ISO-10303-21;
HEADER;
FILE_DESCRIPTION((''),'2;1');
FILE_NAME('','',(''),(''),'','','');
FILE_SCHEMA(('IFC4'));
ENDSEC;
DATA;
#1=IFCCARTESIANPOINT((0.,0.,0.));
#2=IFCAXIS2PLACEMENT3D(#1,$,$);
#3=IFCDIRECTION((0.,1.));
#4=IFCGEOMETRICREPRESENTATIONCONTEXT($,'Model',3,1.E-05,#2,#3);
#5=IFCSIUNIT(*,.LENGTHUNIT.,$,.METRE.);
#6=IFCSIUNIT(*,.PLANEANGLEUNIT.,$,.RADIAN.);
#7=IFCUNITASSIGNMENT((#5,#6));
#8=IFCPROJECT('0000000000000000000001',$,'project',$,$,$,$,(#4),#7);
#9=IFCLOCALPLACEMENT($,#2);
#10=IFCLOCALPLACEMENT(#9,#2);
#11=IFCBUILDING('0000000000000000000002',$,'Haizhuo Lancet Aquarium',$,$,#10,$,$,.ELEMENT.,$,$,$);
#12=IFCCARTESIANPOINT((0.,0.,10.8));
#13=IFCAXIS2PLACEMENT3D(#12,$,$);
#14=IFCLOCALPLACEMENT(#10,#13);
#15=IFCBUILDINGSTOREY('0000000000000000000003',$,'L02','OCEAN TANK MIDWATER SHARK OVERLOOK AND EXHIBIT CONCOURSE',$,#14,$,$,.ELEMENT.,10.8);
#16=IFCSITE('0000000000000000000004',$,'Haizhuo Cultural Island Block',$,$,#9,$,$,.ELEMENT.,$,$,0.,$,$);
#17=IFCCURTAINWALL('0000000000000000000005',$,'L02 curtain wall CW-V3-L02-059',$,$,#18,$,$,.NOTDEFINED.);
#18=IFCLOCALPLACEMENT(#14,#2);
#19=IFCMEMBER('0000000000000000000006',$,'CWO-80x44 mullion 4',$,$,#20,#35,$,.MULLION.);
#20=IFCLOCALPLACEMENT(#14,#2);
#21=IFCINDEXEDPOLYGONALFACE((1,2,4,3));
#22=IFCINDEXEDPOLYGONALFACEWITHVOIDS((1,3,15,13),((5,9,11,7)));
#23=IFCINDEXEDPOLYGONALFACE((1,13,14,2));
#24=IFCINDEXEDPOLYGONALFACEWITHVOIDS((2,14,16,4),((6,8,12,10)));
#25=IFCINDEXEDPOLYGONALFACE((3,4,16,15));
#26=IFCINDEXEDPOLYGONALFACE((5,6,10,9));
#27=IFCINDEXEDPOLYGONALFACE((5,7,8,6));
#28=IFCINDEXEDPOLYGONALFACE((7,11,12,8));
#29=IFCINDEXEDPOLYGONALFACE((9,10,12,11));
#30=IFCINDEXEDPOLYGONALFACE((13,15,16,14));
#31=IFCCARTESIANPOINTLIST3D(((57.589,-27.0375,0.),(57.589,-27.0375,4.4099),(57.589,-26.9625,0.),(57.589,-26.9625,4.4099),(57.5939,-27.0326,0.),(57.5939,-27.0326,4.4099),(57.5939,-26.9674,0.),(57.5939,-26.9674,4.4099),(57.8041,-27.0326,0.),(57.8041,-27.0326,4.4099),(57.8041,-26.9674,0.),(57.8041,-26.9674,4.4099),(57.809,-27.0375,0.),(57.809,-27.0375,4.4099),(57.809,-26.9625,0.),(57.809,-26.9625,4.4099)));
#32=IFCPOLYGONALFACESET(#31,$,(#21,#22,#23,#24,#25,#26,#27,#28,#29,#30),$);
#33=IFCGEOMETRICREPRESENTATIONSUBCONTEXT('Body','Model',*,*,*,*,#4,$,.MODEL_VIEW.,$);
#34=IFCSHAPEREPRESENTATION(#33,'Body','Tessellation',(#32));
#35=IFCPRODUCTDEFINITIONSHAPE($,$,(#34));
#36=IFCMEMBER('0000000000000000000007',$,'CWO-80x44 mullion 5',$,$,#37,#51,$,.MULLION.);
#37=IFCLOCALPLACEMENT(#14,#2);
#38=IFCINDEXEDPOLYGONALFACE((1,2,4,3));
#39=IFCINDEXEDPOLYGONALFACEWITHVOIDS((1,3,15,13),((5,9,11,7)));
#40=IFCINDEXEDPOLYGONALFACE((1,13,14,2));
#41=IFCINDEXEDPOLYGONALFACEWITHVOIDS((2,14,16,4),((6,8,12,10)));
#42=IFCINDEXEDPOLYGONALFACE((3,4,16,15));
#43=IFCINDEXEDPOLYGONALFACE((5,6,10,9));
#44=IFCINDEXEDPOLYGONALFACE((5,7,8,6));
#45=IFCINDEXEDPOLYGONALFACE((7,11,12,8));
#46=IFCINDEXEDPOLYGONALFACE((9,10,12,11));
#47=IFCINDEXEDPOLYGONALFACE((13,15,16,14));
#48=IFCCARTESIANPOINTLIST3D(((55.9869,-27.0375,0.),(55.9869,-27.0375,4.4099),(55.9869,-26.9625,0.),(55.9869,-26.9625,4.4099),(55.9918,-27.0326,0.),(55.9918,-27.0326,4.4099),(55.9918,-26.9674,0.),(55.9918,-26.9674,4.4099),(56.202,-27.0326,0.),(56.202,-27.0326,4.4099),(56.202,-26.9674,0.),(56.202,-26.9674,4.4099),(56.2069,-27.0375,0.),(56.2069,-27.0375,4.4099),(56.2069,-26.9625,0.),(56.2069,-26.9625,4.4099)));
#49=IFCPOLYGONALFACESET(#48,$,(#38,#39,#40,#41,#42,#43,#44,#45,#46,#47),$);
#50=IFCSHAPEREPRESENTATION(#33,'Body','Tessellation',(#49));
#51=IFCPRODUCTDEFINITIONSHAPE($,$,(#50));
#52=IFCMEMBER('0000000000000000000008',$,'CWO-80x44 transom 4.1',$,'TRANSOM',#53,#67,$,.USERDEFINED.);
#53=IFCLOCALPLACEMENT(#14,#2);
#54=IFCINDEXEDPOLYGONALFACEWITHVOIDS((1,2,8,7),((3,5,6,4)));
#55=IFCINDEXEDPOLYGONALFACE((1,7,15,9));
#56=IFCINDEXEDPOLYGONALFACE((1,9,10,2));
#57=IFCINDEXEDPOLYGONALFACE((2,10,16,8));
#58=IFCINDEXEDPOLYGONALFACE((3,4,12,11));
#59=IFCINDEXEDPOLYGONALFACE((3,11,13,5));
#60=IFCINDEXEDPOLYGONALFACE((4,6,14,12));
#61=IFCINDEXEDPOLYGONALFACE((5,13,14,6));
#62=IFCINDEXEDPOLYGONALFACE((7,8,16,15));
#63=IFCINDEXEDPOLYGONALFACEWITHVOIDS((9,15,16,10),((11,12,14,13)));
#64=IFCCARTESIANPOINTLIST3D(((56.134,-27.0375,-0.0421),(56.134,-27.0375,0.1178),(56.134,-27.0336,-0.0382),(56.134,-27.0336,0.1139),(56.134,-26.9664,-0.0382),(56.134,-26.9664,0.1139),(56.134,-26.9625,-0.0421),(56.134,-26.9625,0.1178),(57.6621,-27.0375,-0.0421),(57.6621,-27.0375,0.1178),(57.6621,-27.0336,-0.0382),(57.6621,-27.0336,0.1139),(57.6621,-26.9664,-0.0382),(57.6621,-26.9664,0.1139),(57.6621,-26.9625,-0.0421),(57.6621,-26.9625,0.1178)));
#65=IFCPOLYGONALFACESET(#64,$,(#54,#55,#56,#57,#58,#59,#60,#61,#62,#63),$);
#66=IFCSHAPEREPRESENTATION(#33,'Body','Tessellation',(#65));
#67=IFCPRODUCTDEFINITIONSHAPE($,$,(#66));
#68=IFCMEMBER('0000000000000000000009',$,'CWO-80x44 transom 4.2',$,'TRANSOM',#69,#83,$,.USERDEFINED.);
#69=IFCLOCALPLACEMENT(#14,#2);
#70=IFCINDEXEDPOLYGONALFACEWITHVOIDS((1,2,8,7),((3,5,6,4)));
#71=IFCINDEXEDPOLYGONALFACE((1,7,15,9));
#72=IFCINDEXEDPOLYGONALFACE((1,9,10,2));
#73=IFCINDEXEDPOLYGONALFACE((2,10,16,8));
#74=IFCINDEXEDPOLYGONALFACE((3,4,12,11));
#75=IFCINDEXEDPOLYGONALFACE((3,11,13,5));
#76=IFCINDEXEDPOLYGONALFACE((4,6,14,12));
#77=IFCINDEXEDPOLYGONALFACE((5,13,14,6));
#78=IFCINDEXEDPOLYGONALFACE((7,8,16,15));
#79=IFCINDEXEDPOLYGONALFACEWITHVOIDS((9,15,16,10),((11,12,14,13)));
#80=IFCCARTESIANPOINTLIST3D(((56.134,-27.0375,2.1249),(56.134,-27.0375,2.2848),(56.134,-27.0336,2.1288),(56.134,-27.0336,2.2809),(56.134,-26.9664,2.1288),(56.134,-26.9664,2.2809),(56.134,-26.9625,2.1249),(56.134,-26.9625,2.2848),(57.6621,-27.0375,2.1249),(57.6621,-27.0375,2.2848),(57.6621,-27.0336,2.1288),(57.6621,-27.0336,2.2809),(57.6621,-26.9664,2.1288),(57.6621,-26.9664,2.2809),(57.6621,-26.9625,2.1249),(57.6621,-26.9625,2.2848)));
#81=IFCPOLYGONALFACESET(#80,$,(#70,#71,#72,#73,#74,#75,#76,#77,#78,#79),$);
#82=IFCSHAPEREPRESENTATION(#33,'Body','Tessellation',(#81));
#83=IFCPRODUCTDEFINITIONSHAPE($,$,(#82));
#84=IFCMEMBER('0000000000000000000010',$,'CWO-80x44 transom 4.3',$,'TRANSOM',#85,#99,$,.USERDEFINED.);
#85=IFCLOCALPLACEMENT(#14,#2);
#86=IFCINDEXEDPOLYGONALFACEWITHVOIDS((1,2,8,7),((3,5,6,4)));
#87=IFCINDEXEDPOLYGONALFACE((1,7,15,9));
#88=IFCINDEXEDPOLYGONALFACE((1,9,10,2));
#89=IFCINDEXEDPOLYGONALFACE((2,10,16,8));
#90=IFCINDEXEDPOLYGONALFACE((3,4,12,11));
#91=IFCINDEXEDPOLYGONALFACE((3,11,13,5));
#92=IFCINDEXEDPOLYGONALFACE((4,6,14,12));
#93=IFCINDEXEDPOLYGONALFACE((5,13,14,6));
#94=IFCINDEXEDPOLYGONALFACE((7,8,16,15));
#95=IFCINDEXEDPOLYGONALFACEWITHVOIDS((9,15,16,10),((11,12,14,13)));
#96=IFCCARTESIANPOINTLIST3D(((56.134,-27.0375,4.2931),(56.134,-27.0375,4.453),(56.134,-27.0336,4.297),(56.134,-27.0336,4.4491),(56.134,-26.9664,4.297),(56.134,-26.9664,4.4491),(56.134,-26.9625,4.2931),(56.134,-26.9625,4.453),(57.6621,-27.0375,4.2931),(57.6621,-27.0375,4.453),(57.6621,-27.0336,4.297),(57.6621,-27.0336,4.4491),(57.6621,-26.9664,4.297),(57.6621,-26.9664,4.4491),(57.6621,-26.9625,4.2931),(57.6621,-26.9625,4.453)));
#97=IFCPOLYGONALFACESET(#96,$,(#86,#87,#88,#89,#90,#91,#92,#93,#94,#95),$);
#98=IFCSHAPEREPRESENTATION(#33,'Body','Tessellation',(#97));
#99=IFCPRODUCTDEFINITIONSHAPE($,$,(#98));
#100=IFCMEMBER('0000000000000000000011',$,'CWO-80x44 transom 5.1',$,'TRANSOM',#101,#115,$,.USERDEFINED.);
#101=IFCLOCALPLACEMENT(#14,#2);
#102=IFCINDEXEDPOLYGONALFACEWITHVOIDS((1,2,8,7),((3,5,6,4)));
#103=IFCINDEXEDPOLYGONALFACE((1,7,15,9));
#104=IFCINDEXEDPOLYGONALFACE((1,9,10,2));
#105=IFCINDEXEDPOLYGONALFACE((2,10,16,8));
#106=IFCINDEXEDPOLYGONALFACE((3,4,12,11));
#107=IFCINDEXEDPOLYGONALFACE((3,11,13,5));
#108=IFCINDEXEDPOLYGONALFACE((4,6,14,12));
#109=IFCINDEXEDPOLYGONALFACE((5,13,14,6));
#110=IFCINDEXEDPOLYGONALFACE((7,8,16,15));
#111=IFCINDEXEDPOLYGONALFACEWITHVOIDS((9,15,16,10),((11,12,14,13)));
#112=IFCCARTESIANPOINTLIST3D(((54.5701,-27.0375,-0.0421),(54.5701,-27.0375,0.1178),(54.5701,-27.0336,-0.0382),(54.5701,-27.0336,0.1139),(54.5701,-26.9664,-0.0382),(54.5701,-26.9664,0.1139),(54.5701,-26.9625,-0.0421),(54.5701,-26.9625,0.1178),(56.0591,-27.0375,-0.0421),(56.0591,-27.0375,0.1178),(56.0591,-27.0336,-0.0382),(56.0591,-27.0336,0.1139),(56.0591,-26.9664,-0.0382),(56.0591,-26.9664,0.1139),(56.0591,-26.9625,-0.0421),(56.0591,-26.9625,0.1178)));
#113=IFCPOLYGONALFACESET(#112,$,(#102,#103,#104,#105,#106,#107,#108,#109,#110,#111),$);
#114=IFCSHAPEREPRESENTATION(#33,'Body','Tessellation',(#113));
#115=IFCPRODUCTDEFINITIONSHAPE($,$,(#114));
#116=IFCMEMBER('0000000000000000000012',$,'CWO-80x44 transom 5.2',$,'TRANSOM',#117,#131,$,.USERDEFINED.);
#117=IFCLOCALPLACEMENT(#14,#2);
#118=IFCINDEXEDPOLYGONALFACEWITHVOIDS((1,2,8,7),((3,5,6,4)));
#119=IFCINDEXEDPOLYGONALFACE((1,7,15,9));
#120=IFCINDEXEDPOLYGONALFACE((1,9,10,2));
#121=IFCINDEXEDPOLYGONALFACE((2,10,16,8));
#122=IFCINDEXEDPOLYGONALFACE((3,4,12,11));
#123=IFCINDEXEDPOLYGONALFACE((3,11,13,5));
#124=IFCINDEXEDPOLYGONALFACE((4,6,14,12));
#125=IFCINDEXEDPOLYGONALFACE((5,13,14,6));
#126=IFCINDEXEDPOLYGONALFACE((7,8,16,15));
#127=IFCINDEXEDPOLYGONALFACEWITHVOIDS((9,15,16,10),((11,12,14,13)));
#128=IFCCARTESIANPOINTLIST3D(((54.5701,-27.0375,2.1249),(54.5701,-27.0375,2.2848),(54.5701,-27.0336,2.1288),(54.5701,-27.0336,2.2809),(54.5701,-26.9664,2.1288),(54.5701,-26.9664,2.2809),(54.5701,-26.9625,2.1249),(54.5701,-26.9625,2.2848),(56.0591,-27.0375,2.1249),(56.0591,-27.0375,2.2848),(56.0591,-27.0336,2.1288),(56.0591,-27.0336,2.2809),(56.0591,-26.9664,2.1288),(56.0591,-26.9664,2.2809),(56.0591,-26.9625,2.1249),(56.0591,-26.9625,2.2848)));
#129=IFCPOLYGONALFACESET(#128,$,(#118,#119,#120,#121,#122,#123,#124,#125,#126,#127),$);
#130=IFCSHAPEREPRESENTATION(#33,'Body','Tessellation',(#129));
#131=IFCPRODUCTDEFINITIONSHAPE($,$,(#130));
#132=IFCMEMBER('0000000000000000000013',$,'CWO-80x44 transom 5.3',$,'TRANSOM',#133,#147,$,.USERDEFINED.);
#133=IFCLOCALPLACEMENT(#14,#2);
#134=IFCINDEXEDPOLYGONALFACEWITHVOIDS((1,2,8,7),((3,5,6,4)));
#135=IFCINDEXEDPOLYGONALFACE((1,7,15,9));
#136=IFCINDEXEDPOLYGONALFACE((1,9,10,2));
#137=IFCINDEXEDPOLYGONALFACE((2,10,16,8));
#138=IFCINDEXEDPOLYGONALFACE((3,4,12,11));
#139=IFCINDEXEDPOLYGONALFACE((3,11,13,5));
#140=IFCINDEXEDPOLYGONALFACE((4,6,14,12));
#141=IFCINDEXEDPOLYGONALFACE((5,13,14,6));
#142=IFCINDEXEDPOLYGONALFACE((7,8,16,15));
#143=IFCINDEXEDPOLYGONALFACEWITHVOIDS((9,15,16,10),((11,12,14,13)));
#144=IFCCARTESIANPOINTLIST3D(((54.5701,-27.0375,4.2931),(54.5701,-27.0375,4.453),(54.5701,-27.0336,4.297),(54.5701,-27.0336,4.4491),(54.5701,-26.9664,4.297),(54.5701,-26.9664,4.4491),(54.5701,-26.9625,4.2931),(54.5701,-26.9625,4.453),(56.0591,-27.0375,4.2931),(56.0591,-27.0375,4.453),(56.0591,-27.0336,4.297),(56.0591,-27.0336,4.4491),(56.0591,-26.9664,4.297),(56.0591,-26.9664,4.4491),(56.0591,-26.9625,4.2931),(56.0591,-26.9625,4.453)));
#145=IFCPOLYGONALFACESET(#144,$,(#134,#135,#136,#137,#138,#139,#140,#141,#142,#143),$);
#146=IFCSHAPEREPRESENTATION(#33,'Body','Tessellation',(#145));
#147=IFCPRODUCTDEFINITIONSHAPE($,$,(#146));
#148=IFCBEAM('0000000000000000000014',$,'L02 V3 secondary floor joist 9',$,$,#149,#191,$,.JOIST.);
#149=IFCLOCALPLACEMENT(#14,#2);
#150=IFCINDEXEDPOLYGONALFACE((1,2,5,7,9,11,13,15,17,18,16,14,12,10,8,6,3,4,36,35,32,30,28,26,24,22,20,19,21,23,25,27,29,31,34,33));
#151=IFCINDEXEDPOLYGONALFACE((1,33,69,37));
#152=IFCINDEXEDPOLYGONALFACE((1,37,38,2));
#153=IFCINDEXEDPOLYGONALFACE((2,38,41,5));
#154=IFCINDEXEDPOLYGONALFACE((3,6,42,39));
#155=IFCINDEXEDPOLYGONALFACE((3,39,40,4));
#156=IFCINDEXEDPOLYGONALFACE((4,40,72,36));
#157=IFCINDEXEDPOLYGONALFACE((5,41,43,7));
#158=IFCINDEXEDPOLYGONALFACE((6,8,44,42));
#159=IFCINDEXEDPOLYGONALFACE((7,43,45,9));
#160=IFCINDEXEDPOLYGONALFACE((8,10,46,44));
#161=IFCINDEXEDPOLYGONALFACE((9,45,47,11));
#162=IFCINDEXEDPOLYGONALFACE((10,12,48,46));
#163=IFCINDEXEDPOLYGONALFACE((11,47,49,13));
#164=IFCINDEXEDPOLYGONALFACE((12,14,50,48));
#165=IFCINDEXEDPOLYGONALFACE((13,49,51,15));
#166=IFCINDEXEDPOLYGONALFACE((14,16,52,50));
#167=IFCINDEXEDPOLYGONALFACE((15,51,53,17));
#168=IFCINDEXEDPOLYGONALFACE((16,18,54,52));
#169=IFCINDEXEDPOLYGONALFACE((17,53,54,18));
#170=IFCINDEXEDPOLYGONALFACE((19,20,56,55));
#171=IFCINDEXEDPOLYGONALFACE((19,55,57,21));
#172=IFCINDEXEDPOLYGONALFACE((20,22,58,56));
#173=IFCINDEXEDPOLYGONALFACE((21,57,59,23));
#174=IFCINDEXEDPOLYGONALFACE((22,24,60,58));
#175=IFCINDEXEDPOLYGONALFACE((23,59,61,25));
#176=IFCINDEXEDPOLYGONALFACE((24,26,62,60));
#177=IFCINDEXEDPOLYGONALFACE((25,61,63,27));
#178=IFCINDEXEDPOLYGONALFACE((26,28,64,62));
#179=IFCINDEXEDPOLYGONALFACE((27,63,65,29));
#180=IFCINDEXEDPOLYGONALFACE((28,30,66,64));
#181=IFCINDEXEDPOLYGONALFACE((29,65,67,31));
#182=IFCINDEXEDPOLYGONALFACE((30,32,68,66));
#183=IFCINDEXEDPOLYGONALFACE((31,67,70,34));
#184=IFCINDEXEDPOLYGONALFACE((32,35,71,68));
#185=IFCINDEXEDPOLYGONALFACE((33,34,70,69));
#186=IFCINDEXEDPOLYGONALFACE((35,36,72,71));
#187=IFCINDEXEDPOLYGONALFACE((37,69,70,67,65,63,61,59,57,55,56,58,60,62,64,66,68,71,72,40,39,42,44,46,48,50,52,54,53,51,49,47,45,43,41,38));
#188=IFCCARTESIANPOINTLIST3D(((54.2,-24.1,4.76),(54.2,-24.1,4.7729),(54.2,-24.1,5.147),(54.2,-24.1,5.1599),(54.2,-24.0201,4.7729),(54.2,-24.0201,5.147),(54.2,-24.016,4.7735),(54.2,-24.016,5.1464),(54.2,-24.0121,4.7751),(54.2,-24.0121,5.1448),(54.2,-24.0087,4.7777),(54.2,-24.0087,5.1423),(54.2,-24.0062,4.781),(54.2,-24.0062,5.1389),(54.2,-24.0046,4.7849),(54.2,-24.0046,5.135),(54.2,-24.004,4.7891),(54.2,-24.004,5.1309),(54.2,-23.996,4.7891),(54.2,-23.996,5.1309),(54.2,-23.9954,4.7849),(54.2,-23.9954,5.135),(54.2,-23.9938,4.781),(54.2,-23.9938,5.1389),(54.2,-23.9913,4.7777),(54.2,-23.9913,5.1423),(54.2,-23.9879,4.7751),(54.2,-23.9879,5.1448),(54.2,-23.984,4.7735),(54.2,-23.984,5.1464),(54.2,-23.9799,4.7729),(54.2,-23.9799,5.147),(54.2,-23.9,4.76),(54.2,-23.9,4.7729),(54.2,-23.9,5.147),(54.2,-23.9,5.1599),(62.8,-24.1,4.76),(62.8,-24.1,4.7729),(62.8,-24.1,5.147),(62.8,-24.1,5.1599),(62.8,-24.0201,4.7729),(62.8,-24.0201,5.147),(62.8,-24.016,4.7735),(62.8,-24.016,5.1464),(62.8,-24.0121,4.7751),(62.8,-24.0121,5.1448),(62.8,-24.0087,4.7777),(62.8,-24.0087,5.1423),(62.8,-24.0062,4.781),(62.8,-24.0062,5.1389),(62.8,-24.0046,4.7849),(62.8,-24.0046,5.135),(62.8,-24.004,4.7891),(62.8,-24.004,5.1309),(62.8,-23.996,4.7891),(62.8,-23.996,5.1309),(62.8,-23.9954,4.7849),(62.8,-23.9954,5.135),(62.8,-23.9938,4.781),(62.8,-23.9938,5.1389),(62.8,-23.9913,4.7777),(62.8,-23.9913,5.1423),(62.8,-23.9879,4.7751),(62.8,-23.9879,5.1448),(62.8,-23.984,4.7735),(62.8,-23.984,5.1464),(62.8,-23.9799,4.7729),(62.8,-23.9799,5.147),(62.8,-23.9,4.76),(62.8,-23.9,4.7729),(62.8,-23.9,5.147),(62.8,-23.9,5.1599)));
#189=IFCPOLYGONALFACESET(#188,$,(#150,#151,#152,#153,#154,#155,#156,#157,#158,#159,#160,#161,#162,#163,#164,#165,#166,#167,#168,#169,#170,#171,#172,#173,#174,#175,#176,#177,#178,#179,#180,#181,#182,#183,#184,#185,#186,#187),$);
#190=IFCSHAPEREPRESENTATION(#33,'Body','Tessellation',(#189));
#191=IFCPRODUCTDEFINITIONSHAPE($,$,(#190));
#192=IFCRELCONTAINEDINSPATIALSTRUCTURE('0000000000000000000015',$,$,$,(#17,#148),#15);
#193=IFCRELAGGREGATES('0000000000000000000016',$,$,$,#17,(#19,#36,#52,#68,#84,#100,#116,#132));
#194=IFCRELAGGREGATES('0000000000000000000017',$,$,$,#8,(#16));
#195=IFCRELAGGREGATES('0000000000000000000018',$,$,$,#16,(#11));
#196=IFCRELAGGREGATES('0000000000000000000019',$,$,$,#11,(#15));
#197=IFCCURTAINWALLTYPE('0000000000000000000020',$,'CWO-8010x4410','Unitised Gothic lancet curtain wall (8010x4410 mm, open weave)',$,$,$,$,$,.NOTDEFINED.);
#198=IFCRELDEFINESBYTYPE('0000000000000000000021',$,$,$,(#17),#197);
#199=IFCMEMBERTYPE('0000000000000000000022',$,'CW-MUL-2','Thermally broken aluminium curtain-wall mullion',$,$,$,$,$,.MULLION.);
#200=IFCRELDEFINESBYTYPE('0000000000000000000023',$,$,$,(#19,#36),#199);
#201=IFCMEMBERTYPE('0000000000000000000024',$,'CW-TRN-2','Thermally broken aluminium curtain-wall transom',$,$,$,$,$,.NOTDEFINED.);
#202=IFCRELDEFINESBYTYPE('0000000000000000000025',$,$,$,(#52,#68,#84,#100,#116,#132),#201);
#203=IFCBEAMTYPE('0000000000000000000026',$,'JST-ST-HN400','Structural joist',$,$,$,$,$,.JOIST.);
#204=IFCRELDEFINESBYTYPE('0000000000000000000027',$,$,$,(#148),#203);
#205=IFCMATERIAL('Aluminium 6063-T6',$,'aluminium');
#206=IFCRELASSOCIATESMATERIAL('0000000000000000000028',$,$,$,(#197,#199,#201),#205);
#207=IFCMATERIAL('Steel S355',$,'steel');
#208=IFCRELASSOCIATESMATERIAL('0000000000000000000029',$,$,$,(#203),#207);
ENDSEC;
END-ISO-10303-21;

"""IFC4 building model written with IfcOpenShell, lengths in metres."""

from ifc_helpers import new_model, si_unit, direction, frame, origin, origin_2d, place, context, subcontext, project, spatial, hollow_rectangle, i_section, extrude, material, material_profile, profile_set, type_object, element, aggregate, save


model = new_model("IFC4")

# Units and contexts
model_context = context("Model", 3, precision=1e-05, world=origin(), true_north=direction((0.0, 1.0)))
body_context = subcontext(model_context, "Body", "Model", "MODEL_VIEW")
ifc_project = project(units=[si_unit("LENGTHUNIT", "METRE"), si_unit("PLANEANGLEUNIT", "RADIAN")], contexts=[model_context])

# Site, building, storey
site_placement = place(None, origin())
site = spatial("IfcSite", under=ifc_project, at=site_placement, Name="Haizhuo Cultural Island Block", CompositionType="ELEMENT", RefElevation=0.0)
building_placement = place(site_placement, origin())
building = spatial("IfcBuilding", under=site, at=building_placement, Name="Haizhuo Lancet Aquarium", CompositionType="ELEMENT")
storey_placement = place(building_placement, frame((0.0, 0.0, 10.8)))
storey = spatial("IfcBuildingStorey", under=building, at=storey_placement, Name="L02", Description="OCEAN TANK MIDWATER SHARK OVERLOOK AND EXHIBIT CONCOURSE", CompositionType="ELEMENT", Elevation=10.8)

# Curtain wall, members
ifc_material_1 = material(Name="Aluminium 6063-T6", Category="aluminium")
curtain_wall_type = type_object("IfcCurtainWallType", Name="CWO-8010x4410", Description="Unitised Gothic lancet curtain wall (8010x4410 mm, open weave)", PredefinedType="NOTDEFINED", material=ifc_material_1)
curtain_wall_placement = place(storey_placement, origin())
curtain_wall = element("IfcCurtainWall", 1, at=curtain_wall_placement, inside=storey, type_object=curtain_wall_type, Name="L02 curtain wall CW-V3-L02-059", PredefinedType="NOTDEFINED")
ifc_material_profile_1 = material_profile(ifc_material_1, hollow_rectangle(XDim=0.075, YDim=0.22, WallThickness=0.0049, at=origin_2d()), Name="ALU-M 75x220x5")
ifc_profile_set_1 = profile_set([ifc_material_profile_1], Name="Aluminium 6063-T6")
member_type_1 = type_object("IfcMemberType", Name="CW-MUL-2", Description="Thermally broken aluminium curtain-wall mullion", PredefinedType="MULLION", material=ifc_profile_set_1)
member_1_placement = place(storey_placement, frame((57.699, -27.0, 0.0), z_axis=(0.0, 0.0, 1.0), x_axis=(0.0, -1.0, 0.0)))
member_1 = element("IfcMember", 2, at=member_1_placement, type_object=member_type_1, Name="CWO-80x44 mullion 4", PredefinedType="MULLION", context=body_context, shape_type="SweptSolid", body=[
    extrude(hollow_rectangle(XDim=0.075, YDim=0.22, WallThickness=0.0049, at=origin_2d()), origin(), (0.0, 0.0, 1.0), 4.4099),
])
member_2_placement = place(storey_placement, frame((56.0969, -27.0, 0.0), z_axis=(0.0, 0.0, 1.0), x_axis=(0.0, -1.0, 0.0)))
member_2 = element("IfcMember", 3, at=member_2_placement, type_object=member_type_1, Name="CWO-80x44 mullion 5", PredefinedType="MULLION", context=body_context, shape_type="SweptSolid", body=[
    extrude(hollow_rectangle(XDim=0.075, YDim=0.22, WallThickness=0.0049, at=origin_2d()), origin(), (0.0, 0.0, 1.0), 4.4099),
])
ifc_material_profile_2 = material_profile(ifc_material_1, hollow_rectangle(XDim=0.075, YDim=0.1599, WallThickness=0.0039, at=origin_2d()), Name="ALU-T 75x160x4")
ifc_profile_set_2 = profile_set([ifc_material_profile_2], Name="Aluminium 6063-T6")
member_type_2 = type_object("IfcMemberType", Name="CW-TRN-2", Description="Thermally broken aluminium curtain-wall transom", PredefinedType="NOTDEFINED", material=ifc_profile_set_2)
member_3_placement = place(storey_placement, frame((57.6621, -27.0, 0.0378), z_axis=(-1.0, 0.0, 0.0), x_axis=(0.0, -1.0, 0.0)))
member_3 = element("IfcMember", 4, at=member_3_placement, type_object=member_type_2, Name="CWO-80x44 transom 4.1", ObjectType="TRANSOM", PredefinedType="USERDEFINED", context=body_context, shape_type="SweptSolid", body=[
    extrude(hollow_rectangle(XDim=0.075, YDim=0.1599, WallThickness=0.0039, at=origin_2d()), origin(), (0.0, 0.0, 1.0), 1.5281),
])
member_4_placement = place(storey_placement, frame((57.6621, -27.0, 2.2048), z_axis=(-1.0, 0.0, 0.0), x_axis=(0.0, -1.0, 0.0)))
member_4 = element("IfcMember", 5, at=member_4_placement, type_object=member_type_2, Name="CWO-80x44 transom 4.2", ObjectType="TRANSOM", PredefinedType="USERDEFINED", context=body_context, shape_type="SweptSolid", body=[
    extrude(hollow_rectangle(XDim=0.075, YDim=0.1599, WallThickness=0.0039, at=origin_2d()), origin(), (0.0, 0.0, 1.0), 1.5281),
])
member_5_placement = place(storey_placement, frame((57.6621, -27.0, 4.373), z_axis=(-1.0, 0.0, 0.0), x_axis=(0.0, -1.0, 0.0)))
member_5 = element("IfcMember", 6, at=member_5_placement, type_object=member_type_2, Name="CWO-80x44 transom 4.3", ObjectType="TRANSOM", PredefinedType="USERDEFINED", context=body_context, shape_type="SweptSolid", body=[
    extrude(hollow_rectangle(XDim=0.075, YDim=0.1599, WallThickness=0.0039, at=origin_2d()), origin(), (0.0, 0.0, 1.0), 1.5281),
])
member_6_placement = place(storey_placement, frame((56.0591, -27.0, 0.0378), z_axis=(-1.0, 0.0, 0.0), x_axis=(0.0, -1.0, 0.0)))
member_6 = element("IfcMember", 7, at=member_6_placement, type_object=member_type_2, Name="CWO-80x44 transom 5.1", ObjectType="TRANSOM", PredefinedType="USERDEFINED", context=body_context, shape_type="SweptSolid", body=[
    extrude(hollow_rectangle(XDim=0.075, YDim=0.1599, WallThickness=0.0039, at=origin_2d()), origin(), (0.0, 0.0, 1.0), 1.489),
])
member_7_placement = place(storey_placement, frame((56.0591, -27.0, 2.2048), z_axis=(-1.0, 0.0, 0.0), x_axis=(0.0, -1.0, 0.0)))
member_7 = element("IfcMember", 8, at=member_7_placement, type_object=member_type_2, Name="CWO-80x44 transom 5.2", ObjectType="TRANSOM", PredefinedType="USERDEFINED", context=body_context, shape_type="SweptSolid", body=[
    extrude(hollow_rectangle(XDim=0.075, YDim=0.1599, WallThickness=0.0039, at=origin_2d()), origin(), (0.0, 0.0, 1.0), 1.489),
])
member_8_placement = place(storey_placement, frame((56.0591, -27.0, 4.373), z_axis=(-1.0, 0.0, 0.0), x_axis=(0.0, -1.0, 0.0)))
member_8 = element("IfcMember", 9, at=member_8_placement, type_object=member_type_2, Name="CWO-80x44 transom 5.3", ObjectType="TRANSOM", PredefinedType="USERDEFINED", context=body_context, shape_type="SweptSolid", body=[
    extrude(hollow_rectangle(XDim=0.075, YDim=0.1599, WallThickness=0.0039, at=origin_2d()), origin(), (0.0, 0.0, 1.0), 1.489),
])

# Beam
ifc_material_2 = material(Name="Steel S355", Category="steel")
ifc_material_profile_3 = material_profile(ifc_material_2, i_section(OverallWidth=0.2, OverallDepth=0.3999, WebThickness=0.0081, FlangeThickness=0.0129, FilletRadius=0.0161, at=origin_2d()), Name="HN 400x200x8x13")
ifc_profile_set_3 = profile_set([ifc_material_profile_3], Name="Steel S355")
beam_type = type_object("IfcBeamType", Name="JST-ST-HN400", Description="Structural joist", PredefinedType="JOIST", material=ifc_profile_set_3)
beam_placement = place(storey_placement, frame((54.2, -24.0, 4.96), z_axis=(1.0, 0.0, 0.0), x_axis=(0.0, 1.0, 0.0)))
element("IfcBeam", 10, at=beam_placement, inside=storey, type_object=beam_type, Name="L02 V3 secondary floor joist 9", PredefinedType="JOIST", context=body_context, shape_type="SweptSolid", body=[
    extrude(i_section(OverallWidth=0.2, OverallDepth=0.3999, WebThickness=0.0081, FlangeThickness=0.0129, FilletRadius=0.0161, at=origin_2d()), origin(), (0.0, 0.0, 1.0), 8.6001),
])

aggregate(curtain_wall, [member_1, member_2, member_3, member_4, member_5, member_6, member_7, member_8])

save(model, "model.ifc")
